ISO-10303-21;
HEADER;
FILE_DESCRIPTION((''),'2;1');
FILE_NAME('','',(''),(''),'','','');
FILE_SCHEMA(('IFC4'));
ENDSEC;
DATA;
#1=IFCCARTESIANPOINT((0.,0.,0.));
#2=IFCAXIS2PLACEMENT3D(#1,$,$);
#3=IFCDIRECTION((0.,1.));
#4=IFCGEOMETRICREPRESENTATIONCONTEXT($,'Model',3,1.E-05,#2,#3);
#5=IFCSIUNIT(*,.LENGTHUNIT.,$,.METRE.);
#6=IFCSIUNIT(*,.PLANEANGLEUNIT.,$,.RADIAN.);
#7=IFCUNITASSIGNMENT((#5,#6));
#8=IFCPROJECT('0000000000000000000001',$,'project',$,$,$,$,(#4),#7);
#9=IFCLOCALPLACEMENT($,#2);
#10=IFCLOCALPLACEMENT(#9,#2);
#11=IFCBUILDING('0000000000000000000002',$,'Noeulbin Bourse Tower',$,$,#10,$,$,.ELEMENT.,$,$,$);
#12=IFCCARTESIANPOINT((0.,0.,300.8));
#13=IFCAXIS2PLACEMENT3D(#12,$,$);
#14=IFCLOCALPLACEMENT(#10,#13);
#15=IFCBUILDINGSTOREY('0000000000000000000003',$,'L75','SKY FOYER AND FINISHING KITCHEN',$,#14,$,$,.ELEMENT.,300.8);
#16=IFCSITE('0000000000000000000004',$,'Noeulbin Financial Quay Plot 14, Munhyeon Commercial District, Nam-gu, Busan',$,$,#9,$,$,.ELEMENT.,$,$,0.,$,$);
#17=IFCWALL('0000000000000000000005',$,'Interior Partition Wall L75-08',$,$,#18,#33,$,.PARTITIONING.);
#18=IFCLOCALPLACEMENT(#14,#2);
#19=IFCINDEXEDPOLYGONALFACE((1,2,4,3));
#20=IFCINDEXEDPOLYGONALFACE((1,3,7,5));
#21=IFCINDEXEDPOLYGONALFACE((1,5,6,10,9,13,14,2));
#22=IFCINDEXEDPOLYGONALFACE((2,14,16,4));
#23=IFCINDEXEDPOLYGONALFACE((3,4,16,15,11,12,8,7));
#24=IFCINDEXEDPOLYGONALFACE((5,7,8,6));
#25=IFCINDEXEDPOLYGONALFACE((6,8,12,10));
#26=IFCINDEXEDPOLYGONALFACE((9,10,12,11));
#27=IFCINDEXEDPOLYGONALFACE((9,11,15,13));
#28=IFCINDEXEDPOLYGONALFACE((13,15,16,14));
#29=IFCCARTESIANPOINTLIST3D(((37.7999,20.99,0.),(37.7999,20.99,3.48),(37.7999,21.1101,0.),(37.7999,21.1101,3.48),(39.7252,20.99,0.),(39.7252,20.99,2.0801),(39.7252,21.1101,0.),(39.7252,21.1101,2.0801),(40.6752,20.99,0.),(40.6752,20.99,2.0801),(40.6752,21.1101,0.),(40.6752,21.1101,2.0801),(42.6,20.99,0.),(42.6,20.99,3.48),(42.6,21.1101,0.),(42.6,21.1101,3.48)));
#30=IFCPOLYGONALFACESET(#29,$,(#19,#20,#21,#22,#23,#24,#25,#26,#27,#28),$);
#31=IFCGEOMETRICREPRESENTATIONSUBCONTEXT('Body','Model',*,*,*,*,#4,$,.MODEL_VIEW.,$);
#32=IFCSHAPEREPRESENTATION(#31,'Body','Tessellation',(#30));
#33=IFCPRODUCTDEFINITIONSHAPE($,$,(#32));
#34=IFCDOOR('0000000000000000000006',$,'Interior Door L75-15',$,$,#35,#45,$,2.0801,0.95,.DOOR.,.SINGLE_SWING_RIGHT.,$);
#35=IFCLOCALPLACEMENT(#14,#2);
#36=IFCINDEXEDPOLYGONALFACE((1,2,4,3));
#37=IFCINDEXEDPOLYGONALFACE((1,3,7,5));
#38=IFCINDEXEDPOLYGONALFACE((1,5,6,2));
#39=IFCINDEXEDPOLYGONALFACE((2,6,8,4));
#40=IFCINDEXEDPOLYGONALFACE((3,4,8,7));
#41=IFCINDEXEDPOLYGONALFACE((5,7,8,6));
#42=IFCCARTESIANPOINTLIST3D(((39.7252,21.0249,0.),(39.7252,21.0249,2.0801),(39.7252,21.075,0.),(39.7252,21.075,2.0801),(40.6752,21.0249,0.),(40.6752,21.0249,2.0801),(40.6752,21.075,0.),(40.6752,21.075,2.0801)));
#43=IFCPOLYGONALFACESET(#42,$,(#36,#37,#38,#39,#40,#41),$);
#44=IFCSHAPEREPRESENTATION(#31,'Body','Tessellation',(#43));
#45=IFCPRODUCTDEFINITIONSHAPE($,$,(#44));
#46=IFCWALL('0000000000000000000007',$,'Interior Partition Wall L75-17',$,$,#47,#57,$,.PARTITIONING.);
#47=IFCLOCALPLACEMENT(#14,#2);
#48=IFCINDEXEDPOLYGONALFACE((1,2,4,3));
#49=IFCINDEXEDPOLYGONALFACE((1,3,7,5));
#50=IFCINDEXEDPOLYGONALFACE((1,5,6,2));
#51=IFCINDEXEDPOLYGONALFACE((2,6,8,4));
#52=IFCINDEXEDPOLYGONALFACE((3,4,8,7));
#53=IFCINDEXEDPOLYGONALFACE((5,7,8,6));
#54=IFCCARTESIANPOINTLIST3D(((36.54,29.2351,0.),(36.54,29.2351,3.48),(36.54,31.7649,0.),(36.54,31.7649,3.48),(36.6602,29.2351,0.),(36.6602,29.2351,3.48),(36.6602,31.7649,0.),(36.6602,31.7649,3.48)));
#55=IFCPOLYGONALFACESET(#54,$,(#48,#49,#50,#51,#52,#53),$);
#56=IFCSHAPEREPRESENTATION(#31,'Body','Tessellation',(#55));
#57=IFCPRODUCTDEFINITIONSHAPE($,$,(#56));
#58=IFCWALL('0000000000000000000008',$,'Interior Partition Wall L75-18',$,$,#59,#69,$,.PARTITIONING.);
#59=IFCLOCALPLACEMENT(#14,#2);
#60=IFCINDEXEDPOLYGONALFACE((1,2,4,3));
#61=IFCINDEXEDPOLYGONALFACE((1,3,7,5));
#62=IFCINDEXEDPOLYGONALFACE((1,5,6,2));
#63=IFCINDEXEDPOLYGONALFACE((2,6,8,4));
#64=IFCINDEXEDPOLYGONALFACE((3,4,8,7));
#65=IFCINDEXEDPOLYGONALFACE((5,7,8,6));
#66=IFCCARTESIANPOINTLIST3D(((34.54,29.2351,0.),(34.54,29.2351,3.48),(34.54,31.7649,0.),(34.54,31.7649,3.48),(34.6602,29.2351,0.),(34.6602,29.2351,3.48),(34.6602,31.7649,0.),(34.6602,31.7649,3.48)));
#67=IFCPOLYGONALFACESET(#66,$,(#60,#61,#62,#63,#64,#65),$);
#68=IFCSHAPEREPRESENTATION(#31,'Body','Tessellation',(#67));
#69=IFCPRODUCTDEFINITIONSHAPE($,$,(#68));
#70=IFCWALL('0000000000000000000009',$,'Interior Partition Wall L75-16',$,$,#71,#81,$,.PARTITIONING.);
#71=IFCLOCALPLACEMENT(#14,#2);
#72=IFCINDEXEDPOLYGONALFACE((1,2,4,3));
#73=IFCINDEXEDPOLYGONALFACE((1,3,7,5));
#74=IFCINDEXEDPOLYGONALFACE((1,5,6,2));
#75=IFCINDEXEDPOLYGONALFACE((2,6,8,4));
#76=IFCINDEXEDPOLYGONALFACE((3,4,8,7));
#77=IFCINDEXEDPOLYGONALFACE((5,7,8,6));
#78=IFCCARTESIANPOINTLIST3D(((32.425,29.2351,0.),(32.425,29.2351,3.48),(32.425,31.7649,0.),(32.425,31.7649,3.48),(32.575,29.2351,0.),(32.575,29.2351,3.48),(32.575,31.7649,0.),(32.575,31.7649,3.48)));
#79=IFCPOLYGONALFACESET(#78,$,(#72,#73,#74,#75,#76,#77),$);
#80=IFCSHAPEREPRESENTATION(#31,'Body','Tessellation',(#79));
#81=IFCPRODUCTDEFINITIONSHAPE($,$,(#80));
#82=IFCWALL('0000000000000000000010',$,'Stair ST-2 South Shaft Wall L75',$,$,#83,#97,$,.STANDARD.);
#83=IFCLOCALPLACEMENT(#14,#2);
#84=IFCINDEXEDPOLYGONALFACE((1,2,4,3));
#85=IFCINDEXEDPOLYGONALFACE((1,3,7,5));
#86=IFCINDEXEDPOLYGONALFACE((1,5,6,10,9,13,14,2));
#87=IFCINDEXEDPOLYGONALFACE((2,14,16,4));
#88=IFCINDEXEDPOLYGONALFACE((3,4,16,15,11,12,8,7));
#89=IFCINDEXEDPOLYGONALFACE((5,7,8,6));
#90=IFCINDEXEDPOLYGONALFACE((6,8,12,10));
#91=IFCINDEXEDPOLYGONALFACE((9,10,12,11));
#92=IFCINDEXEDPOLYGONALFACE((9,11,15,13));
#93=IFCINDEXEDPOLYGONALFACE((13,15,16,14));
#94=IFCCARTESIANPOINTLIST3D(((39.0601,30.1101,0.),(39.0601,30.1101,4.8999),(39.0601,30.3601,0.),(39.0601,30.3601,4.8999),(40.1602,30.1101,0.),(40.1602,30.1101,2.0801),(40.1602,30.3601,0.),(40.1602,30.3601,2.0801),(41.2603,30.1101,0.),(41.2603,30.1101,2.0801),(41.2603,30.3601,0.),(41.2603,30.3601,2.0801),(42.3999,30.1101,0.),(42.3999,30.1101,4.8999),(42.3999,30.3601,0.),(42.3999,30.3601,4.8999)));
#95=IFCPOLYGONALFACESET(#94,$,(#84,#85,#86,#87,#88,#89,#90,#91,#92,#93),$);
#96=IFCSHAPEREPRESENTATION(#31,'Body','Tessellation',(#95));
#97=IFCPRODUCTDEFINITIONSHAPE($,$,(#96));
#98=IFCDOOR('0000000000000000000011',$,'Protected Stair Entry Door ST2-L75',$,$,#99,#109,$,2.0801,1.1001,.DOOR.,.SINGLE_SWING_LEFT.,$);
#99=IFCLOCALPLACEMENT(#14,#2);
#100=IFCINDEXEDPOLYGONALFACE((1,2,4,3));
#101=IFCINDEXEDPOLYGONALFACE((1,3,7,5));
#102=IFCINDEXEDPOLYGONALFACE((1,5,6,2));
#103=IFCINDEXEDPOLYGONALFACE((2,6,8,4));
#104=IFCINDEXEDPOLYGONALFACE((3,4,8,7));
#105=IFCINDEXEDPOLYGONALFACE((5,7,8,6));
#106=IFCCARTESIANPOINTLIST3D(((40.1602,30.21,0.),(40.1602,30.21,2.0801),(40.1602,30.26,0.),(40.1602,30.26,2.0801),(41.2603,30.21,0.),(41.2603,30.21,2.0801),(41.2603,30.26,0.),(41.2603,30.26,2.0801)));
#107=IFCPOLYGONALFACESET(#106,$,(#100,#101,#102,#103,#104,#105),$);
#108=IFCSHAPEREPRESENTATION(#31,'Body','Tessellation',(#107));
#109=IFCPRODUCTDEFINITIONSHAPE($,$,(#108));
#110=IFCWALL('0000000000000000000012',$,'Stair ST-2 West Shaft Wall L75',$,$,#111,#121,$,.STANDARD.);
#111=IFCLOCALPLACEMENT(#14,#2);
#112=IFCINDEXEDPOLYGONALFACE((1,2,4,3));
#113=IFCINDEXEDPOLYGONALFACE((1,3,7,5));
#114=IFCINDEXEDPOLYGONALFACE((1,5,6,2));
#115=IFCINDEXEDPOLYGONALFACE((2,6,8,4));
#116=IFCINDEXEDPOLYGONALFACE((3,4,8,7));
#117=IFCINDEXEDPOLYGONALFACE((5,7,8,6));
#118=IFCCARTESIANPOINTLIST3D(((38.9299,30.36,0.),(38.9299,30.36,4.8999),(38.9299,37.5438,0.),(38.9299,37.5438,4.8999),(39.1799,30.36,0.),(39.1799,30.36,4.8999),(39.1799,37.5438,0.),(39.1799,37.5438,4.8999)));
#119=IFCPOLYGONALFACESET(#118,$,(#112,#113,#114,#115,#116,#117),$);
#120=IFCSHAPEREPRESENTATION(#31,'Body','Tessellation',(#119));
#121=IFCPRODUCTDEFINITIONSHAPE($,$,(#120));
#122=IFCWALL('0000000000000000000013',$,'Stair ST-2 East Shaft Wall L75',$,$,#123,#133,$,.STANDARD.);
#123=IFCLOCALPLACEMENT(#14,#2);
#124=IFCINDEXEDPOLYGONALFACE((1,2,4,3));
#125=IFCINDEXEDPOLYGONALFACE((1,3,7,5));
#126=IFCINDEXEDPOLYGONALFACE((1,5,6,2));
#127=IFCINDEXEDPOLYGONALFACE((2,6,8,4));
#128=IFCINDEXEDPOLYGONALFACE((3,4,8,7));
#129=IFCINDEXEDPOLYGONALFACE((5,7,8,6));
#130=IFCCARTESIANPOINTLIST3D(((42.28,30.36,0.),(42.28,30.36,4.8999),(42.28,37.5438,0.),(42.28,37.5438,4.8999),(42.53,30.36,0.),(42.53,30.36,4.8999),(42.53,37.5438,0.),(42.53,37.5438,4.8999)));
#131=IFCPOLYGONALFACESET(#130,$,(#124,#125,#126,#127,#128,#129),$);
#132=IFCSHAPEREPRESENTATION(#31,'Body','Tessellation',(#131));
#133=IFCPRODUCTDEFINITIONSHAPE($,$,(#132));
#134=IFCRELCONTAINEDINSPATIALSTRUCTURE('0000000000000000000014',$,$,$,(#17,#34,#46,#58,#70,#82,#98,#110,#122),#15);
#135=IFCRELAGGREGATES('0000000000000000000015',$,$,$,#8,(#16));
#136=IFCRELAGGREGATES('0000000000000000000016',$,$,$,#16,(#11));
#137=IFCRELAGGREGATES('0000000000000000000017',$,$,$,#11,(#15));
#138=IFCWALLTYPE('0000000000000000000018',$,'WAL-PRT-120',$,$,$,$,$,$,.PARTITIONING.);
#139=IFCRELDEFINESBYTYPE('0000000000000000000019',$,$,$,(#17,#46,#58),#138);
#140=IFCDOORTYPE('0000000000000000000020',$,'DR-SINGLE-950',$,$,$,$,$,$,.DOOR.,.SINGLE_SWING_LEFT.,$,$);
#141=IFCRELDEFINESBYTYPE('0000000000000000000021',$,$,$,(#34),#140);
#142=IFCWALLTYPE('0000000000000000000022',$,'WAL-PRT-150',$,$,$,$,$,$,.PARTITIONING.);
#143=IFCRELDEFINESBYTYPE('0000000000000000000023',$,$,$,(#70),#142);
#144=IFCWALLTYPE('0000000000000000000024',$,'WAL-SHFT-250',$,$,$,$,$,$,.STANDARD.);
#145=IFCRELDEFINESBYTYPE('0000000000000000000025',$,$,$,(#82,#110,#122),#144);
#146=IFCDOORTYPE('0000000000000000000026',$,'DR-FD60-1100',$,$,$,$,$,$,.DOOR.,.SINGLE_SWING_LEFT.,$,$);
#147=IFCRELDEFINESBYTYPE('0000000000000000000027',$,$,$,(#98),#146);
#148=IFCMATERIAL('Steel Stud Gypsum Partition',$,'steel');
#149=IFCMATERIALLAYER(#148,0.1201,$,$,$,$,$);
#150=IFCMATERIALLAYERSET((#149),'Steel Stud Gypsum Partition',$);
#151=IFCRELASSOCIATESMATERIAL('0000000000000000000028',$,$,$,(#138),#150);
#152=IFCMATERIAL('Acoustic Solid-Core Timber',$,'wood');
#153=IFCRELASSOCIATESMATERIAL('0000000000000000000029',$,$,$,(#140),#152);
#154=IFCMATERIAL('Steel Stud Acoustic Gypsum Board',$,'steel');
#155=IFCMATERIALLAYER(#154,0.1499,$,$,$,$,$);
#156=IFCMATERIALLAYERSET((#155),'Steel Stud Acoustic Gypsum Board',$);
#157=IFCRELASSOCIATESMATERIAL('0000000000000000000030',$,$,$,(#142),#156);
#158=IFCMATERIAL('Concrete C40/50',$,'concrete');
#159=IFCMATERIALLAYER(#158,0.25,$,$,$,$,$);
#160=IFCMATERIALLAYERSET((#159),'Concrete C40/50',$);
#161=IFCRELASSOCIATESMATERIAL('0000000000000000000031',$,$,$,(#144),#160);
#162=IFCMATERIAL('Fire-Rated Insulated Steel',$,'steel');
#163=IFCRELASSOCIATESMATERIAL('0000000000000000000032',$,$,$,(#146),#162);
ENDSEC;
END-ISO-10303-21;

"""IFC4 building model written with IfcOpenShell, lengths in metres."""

from ifc_helpers import new_model, si_unit, direction, frame, frame_2d, origin, place, context, subcontext, project, spatial, rectangle, extrude, material, layer, layer_set, type_object, element, fill, save


model = new_model("IFC4")

# Units and contexts
model_context = context("Model", 3, precision=1e-05, world=origin(), true_north=direction((0.0, 1.0)))
body_context = subcontext(model_context, "Body", "Model", "MODEL_VIEW")
ifc_project = project(units=[si_unit("LENGTHUNIT", "METRE"), si_unit("PLANEANGLEUNIT", "RADIAN")], contexts=[model_context])

# Site, building, storey
site_placement = place(None, origin())
site = spatial("IfcSite", under=ifc_project, at=site_placement, Name="Noeulbin Financial Quay Plot 14, Munhyeon Commercial District, Nam-gu, Busan", CompositionType="ELEMENT", RefElevation=0.0)
building_placement = place(site_placement, origin())
building = spatial("IfcBuilding", under=site, at=building_placement, Name="Noeulbin Bourse Tower", CompositionType="ELEMENT")
storey_placement = place(building_placement, frame((0.0, 0.0, 300.8)))
storey = spatial("IfcBuildingStorey", under=building, at=storey_placement, Name="L75", Description="SKY FOYER AND FINISHING KITCHEN", CompositionType="ELEMENT", Elevation=300.8)

# Shared definitions
ifc_material_1 = material(Name="Concrete C40/50", Category="concrete")

# Wall, opening, door
ifc_material_2 = material(Name="Steel Stud Gypsum Partition", Category="steel")
ifc_layer_1 = layer(ifc_material_2, 0.1201)
ifc_layer_set_1 = layer_set([ifc_layer_1], Name="Steel Stud Gypsum Partition")
wall_type_1 = type_object("IfcWallType", Name="WAL-PRT-120", PredefinedType="PARTITIONING", material=ifc_layer_set_1)
ifc_material_3 = material(Name="Acoustic Solid-Core Timber", Category="wood")
door_type_1 = type_object("IfcDoorType", Name="DR-SINGLE-950", OperationType="SINGLE_SWING_LEFT", PredefinedType="DOOR", material=ifc_material_3)
wall_1_placement = place(storey_placement, frame((37.8, 21.05, 0.0), z_axis=(0.0, 0.0, 1.0), x_axis=(1.0, 0.0, 0.0)))
wall_1 = element("IfcWall", 1, at=wall_1_placement, inside=storey, type_object=wall_type_1, Name="Interior Partition Wall L75-08", PredefinedType="PARTITIONING", context=body_context, shape_type="SweptSolid", body=[
    extrude(rectangle(XDim=4.8, YDim=0.1201, at=frame_2d((2.3999, 0.0))), origin(), (0.0, 0.0, 1.0), 3.48),
])
opening_1_placement = place(wall_1_placement, frame((1.925, 0.0, 0.0)))
opening_1 = element("IfcOpeningElement", 2, at=opening_1_placement, cuts=wall_1, PredefinedType="OPENING", context=body_context, shape_type="SweptSolid", body=[
    extrude(rectangle(XDim=0.95, YDim=2.0801, at=frame_2d((0.4751, 1.04))), frame((0.0, 0.0701, 0.0), z_axis=(0.0, -1.0, 0.0), x_axis=(1.0, 0.0, 0.0)), (0.0, 0.0, 1.0), 0.1401),
])
door_1_placement = place(opening_1_placement, origin())
door_1 = element("IfcDoor", 3, at=door_1_placement, inside=storey, type_object=door_type_1, Name="Interior Door L75-15", OperationType="SINGLE_SWING_RIGHT", OverallHeight=2.0801, OverallWidth=0.95, PredefinedType="DOOR", context=body_context, shape_type="SweptSolid", body=[
    extrude(rectangle(XDim=0.95, YDim=2.0801, at=frame_2d((0.4751, 1.04))), frame((0.0, 0.0249, 0.0), z_axis=(0.0, -1.0, 0.0), x_axis=(1.0, 0.0, 0.0)), (0.0, 0.0, 1.0), 0.05),
])
fill(opening_1, door_1)

# Walls
for number, where, z_axis, x_axis, name in (
    (4, (36.6001, 29.2351, 0.0), (0.0, 0.0, 1.0), (0.0, 1.0, 0.0), "Interior Partition Wall L75-17"),
    (5, (34.6001, 29.2351, 0.0), (0.0, 0.0, 1.0), (0.0, 1.0, 0.0), "Interior Partition Wall L75-18"),
):
    element("IfcWall", number, at=place(storey_placement, frame(where, z_axis=z_axis, x_axis=x_axis)), inside=storey, type_object=wall_type_1, Name=name, PredefinedType="PARTITIONING", context=body_context, shape_type="SweptSolid", body=[
        extrude(rectangle(XDim=2.5298, YDim=0.1201, at=frame_2d((1.2649, 0.0))), origin(), (0.0, 0.0, 1.0), 3.48),
    ])
ifc_material_4 = material(Name="Steel Stud Acoustic Gypsum Board", Category="steel")
ifc_layer_2 = layer(ifc_material_4, 0.1499)
ifc_layer_set_2 = layer_set([ifc_layer_2], Name="Steel Stud Acoustic Gypsum Board")
wall_type_2 = type_object("IfcWallType", Name="WAL-PRT-150", PredefinedType="PARTITIONING", material=ifc_layer_set_2)
wall_2_placement = place(storey_placement, frame((32.5, 29.2351, 0.0), z_axis=(0.0, 0.0, 1.0), x_axis=(0.0, 1.0, 0.0)))
element("IfcWall", 6, at=wall_2_placement, inside=storey, type_object=wall_type_2, Name="Interior Partition Wall L75-16", PredefinedType="PARTITIONING", context=body_context, shape_type="SweptSolid", body=[
    extrude(rectangle(XDim=2.5298, YDim=0.1499, at=frame_2d((1.2649, 0.0))), origin(), (0.0, 0.0, 1.0), 3.48),
])

# Wall, opening, door
ifc_layer_3 = layer(ifc_material_1, 0.25)
ifc_layer_set_3 = layer_set([ifc_layer_3], Name="Concrete C40/50")
wall_type_3 = type_object("IfcWallType", Name="WAL-SHFT-250", PredefinedType="STANDARD", material=ifc_layer_set_3)
wall_3_placement = place(storey_placement, frame((39.0601, 30.2351, 0.0), z_axis=(0.0, 0.0, 1.0), x_axis=(1.0, 0.0, 0.0)))
wall_3 = element("IfcWall", 7, at=wall_3_placement, inside=storey, type_object=wall_type_3, Name="Stair ST-2 South Shaft Wall L75", PredefinedType="STANDARD", context=body_context, shape_type="SweptSolid", body=[
    extrude(rectangle(XDim=3.3398, YDim=0.25, at=frame_2d((1.6699, 0.0))), origin(), (0.0, 0.0, 1.0), 4.8999),
])
opening_2_placement = place(wall_3_placement, frame((1.1001, 0.0, 0.0)))
opening_2 = element("IfcOpeningElement", 8, at=opening_2_placement, cuts=wall_3, PredefinedType="OPENING", context=body_context, shape_type="SweptSolid", body=[
    extrude(rectangle(XDim=1.1001, YDim=2.0801, at=frame_2d((0.55, 1.04))), frame((0.0, 0.135, 0.0), z_axis=(0.0, -1.0, 0.0), x_axis=(1.0, 0.0, 0.0)), (0.0, 0.0, 1.0), 0.27),
])
ifc_material_5 = material(Name="Fire-Rated Insulated Steel", Category="steel")
door_type_2 = type_object("IfcDoorType", Name="DR-FD60-1100", OperationType="SINGLE_SWING_LEFT", PredefinedType="DOOR", material=ifc_material_5)
door_2_placement = place(opening_2_placement, origin())
door_2 = element("IfcDoor", 9, at=door_2_placement, inside=storey, type_object=door_type_2, Name="Protected Stair Entry Door ST2-L75", OperationType="SINGLE_SWING_LEFT", OverallHeight=2.0801, OverallWidth=1.1001, PredefinedType="DOOR", context=body_context, shape_type="SweptSolid", body=[
    extrude(rectangle(XDim=1.1001, YDim=2.0801, at=frame_2d((0.55, 1.04))), frame((0.0, 0.0249, 0.0), z_axis=(0.0, -1.0, 0.0), x_axis=(1.0, 0.0, 0.0)), (0.0, 0.0, 1.0), 0.05),
])
fill(opening_2, door_2)

# Walls
for number, where, z_axis, x_axis, name in (
    (10, (39.0549, 30.3601, 0.0), (0.0, 0.0, 1.0), (0.0, 1.0, 0.0), "Stair ST-2 West Shaft Wall L75"),
    (11, (42.405, 30.3601, 0.0), (0.0, 0.0, 1.0), (0.0, 1.0, 0.0), "Stair ST-2 East Shaft Wall L75"),
):
    element("IfcWall", number, at=place(storey_placement, frame(where, z_axis=z_axis, x_axis=x_axis)), inside=storey, type_object=wall_type_3, Name=name, PredefinedType="STANDARD", context=body_context, shape_type="SweptSolid", body=[
        extrude(rectangle(XDim=7.1838, YDim=0.25, at=frame_2d((3.5918, 0.0))), origin(), (0.0, 0.0, 1.0), 4.8999),
    ])

save(model, "model.ifc")
